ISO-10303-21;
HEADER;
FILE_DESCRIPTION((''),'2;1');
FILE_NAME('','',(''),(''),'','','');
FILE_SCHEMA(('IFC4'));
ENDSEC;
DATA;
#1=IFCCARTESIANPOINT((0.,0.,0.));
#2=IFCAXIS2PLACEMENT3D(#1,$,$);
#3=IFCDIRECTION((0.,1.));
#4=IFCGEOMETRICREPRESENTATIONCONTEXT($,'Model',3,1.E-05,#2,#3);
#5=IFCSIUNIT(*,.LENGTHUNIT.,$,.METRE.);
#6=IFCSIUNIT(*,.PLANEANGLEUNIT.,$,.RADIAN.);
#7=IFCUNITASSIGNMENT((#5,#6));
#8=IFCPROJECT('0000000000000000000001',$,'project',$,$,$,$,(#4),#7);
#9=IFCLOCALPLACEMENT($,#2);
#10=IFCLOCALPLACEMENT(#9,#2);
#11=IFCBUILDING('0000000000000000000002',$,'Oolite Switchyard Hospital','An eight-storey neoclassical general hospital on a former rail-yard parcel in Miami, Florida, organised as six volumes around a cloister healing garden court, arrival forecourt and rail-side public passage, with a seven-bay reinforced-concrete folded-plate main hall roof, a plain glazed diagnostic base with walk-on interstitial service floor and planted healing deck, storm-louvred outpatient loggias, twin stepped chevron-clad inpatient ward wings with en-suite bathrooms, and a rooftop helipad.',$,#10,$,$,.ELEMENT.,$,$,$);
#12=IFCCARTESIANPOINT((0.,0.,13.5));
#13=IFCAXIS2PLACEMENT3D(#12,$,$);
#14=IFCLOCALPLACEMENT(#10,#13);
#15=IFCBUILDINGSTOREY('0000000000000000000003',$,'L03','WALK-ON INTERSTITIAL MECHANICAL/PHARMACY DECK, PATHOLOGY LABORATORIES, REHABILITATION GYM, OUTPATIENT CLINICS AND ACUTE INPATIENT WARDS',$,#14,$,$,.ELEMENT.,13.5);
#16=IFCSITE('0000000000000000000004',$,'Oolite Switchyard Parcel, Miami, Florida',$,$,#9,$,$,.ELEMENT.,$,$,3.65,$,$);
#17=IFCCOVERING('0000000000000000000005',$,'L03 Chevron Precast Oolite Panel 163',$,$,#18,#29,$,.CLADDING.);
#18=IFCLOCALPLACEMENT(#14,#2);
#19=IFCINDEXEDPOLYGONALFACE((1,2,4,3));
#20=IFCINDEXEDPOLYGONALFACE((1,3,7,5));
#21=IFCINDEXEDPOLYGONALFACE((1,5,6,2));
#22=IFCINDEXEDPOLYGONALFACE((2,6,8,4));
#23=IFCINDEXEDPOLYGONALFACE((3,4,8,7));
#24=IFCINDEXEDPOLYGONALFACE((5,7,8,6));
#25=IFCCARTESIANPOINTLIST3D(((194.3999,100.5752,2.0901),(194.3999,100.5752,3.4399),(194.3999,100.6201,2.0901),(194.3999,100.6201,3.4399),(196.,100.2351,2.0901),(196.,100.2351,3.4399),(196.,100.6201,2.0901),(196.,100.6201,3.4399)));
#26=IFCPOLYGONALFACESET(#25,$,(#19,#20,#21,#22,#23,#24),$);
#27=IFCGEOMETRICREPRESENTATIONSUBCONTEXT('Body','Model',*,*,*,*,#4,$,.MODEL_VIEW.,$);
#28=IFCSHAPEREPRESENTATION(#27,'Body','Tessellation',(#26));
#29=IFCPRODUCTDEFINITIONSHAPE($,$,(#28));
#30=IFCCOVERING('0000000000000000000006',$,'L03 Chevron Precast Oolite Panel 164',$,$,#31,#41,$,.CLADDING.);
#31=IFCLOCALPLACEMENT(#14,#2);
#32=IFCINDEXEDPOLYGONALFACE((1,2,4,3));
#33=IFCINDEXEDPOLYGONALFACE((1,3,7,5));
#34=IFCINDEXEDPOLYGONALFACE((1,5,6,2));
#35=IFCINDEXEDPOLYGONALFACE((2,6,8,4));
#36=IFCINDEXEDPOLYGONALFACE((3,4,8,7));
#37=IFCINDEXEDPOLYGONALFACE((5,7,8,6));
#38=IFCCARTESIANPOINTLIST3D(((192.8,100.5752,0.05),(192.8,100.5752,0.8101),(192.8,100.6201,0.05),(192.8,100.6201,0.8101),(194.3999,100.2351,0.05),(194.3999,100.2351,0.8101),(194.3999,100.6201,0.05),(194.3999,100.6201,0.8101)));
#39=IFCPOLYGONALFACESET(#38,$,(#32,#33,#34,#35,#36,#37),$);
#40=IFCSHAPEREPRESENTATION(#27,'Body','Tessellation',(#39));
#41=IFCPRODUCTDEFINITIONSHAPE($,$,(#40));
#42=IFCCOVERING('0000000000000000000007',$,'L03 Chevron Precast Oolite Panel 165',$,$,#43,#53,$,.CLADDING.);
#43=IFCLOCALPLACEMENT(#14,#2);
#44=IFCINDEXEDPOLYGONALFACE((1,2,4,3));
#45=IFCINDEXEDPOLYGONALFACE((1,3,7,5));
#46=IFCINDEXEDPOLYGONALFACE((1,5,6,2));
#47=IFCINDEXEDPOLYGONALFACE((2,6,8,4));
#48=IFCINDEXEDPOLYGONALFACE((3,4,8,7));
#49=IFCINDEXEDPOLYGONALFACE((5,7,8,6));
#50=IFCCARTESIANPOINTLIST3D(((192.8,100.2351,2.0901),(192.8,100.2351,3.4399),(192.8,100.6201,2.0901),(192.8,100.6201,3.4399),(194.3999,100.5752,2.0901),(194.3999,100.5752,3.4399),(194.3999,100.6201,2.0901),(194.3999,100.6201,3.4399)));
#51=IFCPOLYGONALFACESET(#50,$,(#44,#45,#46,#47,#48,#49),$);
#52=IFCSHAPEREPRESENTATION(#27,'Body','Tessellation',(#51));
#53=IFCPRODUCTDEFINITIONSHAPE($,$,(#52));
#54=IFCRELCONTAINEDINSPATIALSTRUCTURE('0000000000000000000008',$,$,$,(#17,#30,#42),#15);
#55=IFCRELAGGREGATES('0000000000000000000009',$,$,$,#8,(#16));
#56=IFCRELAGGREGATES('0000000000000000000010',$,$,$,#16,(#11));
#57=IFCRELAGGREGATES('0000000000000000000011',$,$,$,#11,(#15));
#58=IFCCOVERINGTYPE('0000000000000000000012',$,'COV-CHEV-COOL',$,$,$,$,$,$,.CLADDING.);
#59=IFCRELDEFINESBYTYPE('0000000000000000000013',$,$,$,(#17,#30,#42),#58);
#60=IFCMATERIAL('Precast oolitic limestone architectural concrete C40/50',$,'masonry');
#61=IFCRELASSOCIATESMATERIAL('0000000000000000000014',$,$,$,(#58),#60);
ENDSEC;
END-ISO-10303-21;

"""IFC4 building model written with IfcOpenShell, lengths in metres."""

from ifc_helpers import new_model, si_unit, direction, frame, origin, place, context, subcontext, project, spatial, polyline, outline, extrude, material, type_object, element, save


model = new_model("IFC4")

# Units and contexts
model_context = context("Model", 3, precision=1e-05, world=origin(), true_north=direction((0.0, 1.0)))
body_context = subcontext(model_context, "Body", "Model", "MODEL_VIEW")
ifc_project = project(units=[si_unit("LENGTHUNIT", "METRE"), si_unit("PLANEANGLEUNIT", "RADIAN")], contexts=[model_context])

# Site, building, storey
site_placement = place(None, origin())
site = spatial("IfcSite", under=ifc_project, at=site_placement, Name="Oolite Switchyard Parcel, Miami, Florida", CompositionType="ELEMENT", RefElevation=3.65)
building_placement = place(site_placement, origin())
building = spatial("IfcBuilding", under=site, at=building_placement, Name="Oolite Switchyard Hospital", Description="An eight-storey neoclassical general hospital on a former rail-yard parcel in Miami, Florida, organised as six volumes around a cloister healing garden court, arrival forecourt and rail-side public passage, with a seven-bay reinforced-concrete folded-plate main hall roof, a plain glazed diagnostic base with walk-on interstitial service floor and planted healing deck, storm-louvred outpatient loggias, twin stepped chevron-clad inpatient ward wings with en-suite bathrooms, and a rooftop helipad.", CompositionType="ELEMENT")
storey_placement = place(building_placement, frame((0.0, 0.0, 13.5)))
storey = spatial("IfcBuildingStorey", under=building, at=storey_placement, Name="L03", Description="WALK-ON INTERSTITIAL MECHANICAL/PHARMACY DECK, PATHOLOGY LABORATORIES, REHABILITATION GYM, OUTPATIENT CLINICS AND ACUTE INPATIENT WARDS", CompositionType="ELEMENT", Elevation=13.5)

# Coverings
ifc_material_1 = material(Name="Precast oolitic limestone architectural concrete C40/50", Category="masonry")
covering_type = type_object("IfcCoveringType", Name="COV-CHEV-COOL", PredefinedType="CLADDING", material=ifc_material_1)
covering_1_placement = place(storey_placement, frame((196.0, 100.6201, 2.0901), z_axis=(0.0, 0.0, 1.0), x_axis=(-1.0, 0.0, 0.0)))
element("IfcCovering", 1, at=covering_1_placement, inside=storey, type_object=covering_type, Name="L03 Chevron Precast Oolite Panel 163", PredefinedType="CLADDING", context=body_context, shape_type="SweptSolid", body=[
    extrude(outline(polyline([(0.0, 0.0), (1.6001, 0.0), (1.6001, 0.0449), (0.0, 0.385), (0.0, 0.0)])), origin(), (0.0, 0.0, 1.0), 1.3499),
])
covering_2_placement = place(storey_placement, frame((194.3999, 100.6201, 0.05), z_axis=(0.0, 0.0, 1.0), x_axis=(-1.0, 0.0, 0.0)))
element("IfcCovering", 2, at=covering_2_placement, inside=storey, type_object=covering_type, Name="L03 Chevron Precast Oolite Panel 164", PredefinedType="CLADDING", context=body_context, shape_type="SweptSolid", body=[
    extrude(outline(polyline([(0.0, 0.0), (1.5999, 0.0), (1.5999, 0.0449), (0.0, 0.385), (0.0, 0.0)])), origin(), (0.0, 0.0, 1.0), 0.76),
])
covering_3_placement = place(storey_placement, frame((194.3999, 100.6201, 2.0901), z_axis=(0.0, 0.0, 1.0), x_axis=(-1.0, 0.0, 0.0)))
element("IfcCovering", 3, at=covering_3_placement, inside=storey, type_object=covering_type, Name="L03 Chevron Precast Oolite Panel 165", PredefinedType="CLADDING", context=body_context, shape_type="SweptSolid", body=[
    extrude(outline(polyline([(0.0, 0.0), (1.5999, 0.0), (1.5999, 0.385), (0.0, 0.0449), (0.0, 0.0)])), origin(), (0.0, 0.0, 1.0), 1.3499),
])

save(model, "model.ifc")
